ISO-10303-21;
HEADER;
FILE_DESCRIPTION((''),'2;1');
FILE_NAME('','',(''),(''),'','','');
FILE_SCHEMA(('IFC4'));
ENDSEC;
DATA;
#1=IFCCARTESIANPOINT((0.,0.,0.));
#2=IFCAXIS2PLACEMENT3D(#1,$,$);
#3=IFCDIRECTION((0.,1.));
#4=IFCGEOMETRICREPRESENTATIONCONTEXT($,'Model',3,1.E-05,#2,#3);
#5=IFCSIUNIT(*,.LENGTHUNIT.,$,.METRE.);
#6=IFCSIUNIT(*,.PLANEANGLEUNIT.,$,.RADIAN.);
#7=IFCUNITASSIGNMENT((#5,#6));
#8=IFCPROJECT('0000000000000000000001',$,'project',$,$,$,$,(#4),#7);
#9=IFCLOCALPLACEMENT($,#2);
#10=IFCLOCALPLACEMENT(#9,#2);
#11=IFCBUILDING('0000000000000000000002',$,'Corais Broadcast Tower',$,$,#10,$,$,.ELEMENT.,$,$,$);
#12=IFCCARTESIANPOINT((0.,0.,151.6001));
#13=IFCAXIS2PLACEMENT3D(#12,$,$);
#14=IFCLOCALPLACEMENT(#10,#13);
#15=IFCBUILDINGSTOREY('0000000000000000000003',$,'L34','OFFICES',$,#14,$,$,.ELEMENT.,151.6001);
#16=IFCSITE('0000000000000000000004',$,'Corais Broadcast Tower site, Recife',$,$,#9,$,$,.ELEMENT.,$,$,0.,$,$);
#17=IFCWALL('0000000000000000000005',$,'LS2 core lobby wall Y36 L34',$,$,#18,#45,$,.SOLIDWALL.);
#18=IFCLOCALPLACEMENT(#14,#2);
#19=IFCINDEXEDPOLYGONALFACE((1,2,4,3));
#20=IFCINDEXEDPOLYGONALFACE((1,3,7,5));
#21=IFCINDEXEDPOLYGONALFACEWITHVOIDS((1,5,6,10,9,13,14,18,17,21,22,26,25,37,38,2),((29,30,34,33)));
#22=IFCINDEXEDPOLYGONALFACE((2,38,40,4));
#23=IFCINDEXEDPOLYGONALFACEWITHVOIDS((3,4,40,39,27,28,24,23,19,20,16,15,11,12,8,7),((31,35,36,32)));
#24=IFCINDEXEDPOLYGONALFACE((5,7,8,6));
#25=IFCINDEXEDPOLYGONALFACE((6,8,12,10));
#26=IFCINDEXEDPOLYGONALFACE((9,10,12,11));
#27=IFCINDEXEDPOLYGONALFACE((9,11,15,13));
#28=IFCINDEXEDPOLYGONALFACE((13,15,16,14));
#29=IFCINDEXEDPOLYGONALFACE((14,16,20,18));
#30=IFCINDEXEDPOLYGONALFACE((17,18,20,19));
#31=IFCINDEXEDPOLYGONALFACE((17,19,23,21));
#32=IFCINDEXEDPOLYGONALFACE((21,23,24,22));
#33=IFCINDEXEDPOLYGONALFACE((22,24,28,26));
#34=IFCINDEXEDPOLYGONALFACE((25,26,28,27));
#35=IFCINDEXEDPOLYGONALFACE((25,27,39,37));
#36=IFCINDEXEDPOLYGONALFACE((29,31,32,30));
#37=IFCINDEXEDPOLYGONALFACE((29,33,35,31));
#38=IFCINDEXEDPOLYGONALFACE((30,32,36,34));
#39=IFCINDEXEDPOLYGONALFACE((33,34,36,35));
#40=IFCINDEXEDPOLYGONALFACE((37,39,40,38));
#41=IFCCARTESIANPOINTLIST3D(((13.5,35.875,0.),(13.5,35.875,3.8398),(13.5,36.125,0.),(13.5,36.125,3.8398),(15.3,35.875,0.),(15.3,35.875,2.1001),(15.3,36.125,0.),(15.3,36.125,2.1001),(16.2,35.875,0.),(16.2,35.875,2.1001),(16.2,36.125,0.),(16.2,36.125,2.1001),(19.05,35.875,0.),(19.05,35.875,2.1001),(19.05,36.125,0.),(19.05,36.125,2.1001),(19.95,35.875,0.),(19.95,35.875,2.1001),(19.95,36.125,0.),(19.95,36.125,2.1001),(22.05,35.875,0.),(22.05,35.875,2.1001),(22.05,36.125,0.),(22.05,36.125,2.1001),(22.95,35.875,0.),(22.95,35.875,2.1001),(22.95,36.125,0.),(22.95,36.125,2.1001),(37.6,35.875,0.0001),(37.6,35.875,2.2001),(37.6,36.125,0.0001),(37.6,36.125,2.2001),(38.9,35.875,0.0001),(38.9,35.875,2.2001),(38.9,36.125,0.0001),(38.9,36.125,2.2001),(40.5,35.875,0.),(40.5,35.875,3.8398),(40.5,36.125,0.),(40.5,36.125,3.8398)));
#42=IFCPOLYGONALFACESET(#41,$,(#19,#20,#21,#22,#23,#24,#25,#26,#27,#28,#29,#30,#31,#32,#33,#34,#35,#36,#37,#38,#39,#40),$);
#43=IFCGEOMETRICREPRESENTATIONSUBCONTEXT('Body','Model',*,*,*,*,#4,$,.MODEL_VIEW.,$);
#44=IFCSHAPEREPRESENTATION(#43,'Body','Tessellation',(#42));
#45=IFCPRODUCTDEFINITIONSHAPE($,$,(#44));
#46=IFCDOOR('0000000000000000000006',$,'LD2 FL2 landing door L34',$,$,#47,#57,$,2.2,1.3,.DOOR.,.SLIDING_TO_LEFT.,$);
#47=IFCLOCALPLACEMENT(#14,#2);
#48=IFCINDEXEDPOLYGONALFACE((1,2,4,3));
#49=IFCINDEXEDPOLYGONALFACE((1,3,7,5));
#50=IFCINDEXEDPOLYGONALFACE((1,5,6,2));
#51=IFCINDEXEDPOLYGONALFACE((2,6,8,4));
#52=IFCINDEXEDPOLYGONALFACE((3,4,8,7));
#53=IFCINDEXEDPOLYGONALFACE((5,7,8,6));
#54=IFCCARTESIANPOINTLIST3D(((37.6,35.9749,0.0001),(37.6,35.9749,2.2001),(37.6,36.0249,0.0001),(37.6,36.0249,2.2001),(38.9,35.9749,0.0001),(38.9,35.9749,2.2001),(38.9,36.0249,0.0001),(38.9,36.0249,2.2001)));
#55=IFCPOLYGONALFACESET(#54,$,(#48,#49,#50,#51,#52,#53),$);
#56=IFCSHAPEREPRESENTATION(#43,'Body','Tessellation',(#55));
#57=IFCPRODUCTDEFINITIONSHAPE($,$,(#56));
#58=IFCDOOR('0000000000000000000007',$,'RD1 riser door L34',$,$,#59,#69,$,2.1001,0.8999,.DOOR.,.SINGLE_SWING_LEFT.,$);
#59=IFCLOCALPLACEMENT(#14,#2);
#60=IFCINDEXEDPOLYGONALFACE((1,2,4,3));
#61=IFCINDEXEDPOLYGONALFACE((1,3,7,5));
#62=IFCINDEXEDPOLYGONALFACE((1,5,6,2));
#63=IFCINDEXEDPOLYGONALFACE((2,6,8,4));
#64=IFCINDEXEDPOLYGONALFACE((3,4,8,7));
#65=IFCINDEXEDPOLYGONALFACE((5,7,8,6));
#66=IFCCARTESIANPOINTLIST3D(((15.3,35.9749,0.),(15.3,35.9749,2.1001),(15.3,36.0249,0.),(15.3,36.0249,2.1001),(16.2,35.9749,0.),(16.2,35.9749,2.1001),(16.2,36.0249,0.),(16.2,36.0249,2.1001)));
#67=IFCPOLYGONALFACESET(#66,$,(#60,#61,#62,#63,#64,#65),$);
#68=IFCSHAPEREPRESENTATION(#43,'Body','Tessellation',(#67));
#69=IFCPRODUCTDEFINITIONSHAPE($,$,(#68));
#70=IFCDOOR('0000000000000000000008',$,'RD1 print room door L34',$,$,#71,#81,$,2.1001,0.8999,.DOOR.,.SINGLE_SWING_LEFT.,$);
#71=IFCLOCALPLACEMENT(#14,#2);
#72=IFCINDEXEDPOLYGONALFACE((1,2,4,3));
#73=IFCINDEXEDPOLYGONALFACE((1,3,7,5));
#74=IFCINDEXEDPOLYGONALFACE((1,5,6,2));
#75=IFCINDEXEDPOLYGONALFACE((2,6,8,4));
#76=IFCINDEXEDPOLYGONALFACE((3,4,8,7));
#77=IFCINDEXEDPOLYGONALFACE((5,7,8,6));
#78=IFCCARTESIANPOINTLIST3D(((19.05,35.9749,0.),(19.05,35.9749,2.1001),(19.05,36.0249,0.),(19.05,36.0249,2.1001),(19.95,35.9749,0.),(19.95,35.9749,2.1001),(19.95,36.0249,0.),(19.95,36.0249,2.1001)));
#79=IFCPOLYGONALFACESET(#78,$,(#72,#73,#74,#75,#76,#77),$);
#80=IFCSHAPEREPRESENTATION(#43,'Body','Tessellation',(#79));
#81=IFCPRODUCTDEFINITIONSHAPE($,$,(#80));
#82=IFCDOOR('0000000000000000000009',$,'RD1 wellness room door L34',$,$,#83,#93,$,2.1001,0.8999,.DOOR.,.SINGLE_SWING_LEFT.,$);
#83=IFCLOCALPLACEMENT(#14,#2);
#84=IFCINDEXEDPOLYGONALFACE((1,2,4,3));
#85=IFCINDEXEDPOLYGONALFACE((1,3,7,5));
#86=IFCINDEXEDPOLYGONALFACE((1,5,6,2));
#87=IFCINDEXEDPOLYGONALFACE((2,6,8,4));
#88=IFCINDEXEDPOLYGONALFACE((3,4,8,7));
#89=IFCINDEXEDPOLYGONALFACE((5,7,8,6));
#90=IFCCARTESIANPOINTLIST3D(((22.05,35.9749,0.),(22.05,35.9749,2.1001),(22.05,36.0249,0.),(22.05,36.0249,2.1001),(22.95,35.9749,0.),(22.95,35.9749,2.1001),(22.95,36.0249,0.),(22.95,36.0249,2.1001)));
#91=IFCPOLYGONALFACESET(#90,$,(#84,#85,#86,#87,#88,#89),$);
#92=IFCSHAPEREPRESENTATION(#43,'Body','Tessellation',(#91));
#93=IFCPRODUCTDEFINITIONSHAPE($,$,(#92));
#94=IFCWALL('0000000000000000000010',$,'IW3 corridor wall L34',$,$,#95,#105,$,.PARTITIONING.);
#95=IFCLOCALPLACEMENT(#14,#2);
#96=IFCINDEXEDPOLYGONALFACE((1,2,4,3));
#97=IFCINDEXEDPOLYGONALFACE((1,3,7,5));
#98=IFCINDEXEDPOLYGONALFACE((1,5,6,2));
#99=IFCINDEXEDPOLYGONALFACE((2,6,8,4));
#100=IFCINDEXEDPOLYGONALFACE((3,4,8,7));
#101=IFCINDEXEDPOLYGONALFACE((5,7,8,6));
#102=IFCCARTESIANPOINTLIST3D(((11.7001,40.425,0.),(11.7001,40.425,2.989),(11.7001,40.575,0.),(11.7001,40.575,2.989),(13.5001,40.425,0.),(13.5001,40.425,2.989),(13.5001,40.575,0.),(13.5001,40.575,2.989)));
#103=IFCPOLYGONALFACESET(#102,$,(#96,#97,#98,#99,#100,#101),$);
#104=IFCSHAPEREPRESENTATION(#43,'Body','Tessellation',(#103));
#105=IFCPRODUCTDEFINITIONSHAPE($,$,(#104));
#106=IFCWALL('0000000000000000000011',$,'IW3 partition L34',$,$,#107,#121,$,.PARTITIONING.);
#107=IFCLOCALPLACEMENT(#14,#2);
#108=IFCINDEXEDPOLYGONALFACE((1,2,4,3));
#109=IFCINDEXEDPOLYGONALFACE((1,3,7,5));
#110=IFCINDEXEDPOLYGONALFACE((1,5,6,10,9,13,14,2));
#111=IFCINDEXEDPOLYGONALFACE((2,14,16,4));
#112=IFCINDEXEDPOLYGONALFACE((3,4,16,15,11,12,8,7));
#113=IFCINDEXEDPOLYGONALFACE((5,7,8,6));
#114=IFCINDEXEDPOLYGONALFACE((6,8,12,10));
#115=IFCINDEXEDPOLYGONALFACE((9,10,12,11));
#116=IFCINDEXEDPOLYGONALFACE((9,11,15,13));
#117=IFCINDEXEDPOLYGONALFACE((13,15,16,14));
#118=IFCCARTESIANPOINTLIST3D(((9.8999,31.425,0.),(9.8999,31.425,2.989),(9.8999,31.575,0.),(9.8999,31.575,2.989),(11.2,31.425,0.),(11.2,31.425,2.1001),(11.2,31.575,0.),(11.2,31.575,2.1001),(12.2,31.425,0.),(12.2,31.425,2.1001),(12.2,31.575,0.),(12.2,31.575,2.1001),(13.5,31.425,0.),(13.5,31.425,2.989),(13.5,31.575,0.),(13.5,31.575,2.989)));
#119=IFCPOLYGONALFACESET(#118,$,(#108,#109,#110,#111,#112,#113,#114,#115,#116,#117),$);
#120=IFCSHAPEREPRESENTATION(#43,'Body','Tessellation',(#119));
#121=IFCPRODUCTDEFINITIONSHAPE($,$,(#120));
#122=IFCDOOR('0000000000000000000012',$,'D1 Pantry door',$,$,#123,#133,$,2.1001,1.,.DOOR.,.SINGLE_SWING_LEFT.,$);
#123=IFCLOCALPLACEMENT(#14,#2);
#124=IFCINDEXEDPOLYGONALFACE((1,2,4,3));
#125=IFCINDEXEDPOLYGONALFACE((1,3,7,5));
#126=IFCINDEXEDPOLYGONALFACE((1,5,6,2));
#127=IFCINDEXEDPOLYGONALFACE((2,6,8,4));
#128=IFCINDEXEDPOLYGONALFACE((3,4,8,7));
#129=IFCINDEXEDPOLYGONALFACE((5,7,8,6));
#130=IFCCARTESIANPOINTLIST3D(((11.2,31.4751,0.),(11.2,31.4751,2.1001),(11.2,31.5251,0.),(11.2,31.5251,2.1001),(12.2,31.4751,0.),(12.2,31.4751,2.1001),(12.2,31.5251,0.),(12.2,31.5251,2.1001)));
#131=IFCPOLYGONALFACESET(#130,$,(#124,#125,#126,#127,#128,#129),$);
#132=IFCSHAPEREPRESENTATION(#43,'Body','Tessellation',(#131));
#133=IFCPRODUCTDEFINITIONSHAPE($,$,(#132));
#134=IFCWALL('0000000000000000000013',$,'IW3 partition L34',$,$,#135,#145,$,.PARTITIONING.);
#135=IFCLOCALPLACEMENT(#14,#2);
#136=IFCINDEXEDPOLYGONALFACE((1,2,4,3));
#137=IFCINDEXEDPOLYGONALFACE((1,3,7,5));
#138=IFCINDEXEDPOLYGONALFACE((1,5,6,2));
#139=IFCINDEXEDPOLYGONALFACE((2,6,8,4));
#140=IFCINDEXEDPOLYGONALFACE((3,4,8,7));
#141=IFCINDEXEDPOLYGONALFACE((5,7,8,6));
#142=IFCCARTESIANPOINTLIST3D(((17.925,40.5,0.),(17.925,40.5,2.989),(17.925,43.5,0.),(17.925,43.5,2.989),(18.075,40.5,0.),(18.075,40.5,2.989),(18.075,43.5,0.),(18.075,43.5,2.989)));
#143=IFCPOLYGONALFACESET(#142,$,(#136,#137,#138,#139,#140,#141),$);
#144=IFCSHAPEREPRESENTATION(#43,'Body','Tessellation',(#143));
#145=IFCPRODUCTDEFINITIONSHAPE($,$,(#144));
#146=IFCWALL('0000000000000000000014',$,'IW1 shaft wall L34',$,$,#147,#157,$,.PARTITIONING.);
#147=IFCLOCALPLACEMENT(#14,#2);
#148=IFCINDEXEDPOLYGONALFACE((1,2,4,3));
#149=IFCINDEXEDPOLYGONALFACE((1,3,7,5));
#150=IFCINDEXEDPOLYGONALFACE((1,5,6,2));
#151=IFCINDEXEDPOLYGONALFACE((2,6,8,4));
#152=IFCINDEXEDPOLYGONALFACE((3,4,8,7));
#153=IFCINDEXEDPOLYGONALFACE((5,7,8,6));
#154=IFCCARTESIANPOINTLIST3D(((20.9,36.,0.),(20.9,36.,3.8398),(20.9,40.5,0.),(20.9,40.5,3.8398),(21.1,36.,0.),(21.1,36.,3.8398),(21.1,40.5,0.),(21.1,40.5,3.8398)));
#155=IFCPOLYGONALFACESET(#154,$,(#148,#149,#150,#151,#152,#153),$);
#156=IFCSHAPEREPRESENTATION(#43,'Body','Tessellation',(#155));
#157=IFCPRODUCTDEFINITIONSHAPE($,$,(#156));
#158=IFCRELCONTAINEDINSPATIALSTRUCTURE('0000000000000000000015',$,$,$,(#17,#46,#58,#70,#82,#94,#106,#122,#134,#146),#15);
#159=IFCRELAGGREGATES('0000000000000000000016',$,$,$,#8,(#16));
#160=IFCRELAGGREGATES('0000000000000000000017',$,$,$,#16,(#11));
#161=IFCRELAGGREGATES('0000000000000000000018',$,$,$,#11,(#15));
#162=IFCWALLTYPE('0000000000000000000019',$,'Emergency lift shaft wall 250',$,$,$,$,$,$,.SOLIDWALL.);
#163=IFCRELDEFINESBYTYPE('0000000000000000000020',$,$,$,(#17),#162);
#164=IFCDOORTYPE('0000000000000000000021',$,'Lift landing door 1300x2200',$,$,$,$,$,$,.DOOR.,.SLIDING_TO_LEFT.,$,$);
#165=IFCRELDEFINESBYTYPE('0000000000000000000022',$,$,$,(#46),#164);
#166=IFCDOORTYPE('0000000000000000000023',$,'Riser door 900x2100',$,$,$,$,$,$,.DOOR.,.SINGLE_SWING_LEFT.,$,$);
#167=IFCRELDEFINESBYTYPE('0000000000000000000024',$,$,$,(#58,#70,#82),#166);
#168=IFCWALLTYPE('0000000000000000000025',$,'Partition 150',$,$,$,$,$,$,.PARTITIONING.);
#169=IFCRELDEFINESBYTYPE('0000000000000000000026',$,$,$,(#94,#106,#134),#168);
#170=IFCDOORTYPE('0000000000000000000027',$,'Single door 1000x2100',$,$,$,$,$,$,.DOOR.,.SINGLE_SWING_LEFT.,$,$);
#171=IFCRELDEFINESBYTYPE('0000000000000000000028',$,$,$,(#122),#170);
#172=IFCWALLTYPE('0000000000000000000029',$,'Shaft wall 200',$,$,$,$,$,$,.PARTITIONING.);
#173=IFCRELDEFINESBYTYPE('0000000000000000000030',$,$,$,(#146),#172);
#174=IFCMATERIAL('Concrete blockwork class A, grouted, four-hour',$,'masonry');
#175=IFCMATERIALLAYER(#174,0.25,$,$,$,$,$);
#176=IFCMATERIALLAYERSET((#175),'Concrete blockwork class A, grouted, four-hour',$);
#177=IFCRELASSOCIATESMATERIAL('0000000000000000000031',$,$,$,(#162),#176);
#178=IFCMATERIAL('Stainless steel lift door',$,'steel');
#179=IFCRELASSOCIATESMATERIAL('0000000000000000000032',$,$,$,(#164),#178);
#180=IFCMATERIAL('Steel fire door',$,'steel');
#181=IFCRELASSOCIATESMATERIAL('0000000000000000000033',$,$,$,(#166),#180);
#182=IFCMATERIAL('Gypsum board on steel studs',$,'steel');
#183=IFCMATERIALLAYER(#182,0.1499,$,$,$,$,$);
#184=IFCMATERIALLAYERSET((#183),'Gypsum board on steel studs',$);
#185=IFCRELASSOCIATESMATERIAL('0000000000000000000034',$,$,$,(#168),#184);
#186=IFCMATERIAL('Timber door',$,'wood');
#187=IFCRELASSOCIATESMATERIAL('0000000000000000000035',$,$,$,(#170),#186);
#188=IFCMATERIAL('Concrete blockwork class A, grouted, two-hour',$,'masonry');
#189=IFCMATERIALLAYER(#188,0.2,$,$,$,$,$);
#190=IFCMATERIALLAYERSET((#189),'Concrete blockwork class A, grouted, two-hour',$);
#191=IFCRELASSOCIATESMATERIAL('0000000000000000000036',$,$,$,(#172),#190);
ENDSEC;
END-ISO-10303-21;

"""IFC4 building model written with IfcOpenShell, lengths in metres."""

from ifc_helpers import new_model, si_unit, direction, frame, frame_2d, origin, place, context, subcontext, project, spatial, rectangle, extrude, material, layer, layer_set, type_object, element, fill, save


model = new_model("IFC4")

# Units and contexts
model_context = context("Model", 3, precision=1e-05, world=origin(), true_north=direction((0.0, 1.0)))
body_context = subcontext(model_context, "Body", "Model", "MODEL_VIEW")
ifc_project = project(units=[si_unit("LENGTHUNIT", "METRE"), si_unit("PLANEANGLEUNIT", "RADIAN")], contexts=[model_context])

# Site, building, storey
site_placement = place(None, origin())
site = spatial("IfcSite", under=ifc_project, at=site_placement, Name="Corais Broadcast Tower site, Recife", CompositionType="ELEMENT", RefElevation=0.0)
building_placement = place(site_placement, origin())
building = spatial("IfcBuilding", under=site, at=building_placement, Name="Corais Broadcast Tower", CompositionType="ELEMENT")
storey_placement = place(building_placement, frame((0.0, 0.0, 151.6001)))
storey = spatial("IfcBuildingStorey", under=building, at=storey_placement, Name="L34", Description="OFFICES", CompositionType="ELEMENT", Elevation=151.6001)

# Wall, openings, doors
ifc_material_1 = material(Name="Concrete blockwork class A, grouted, four-hour", Category="masonry")
ifc_layer_1 = layer(ifc_material_1, 0.25)
ifc_layer_set_1 = layer_set([ifc_layer_1], Name="Concrete blockwork class A, grouted, four-hour")
wall_type_1 = type_object("IfcWallType", Name="Emergency lift shaft wall 250", PredefinedType="SOLIDWALL", material=ifc_layer_set_1)
wall_1_placement = place(storey_placement, frame((13.5, 36.0, 0.0), z_axis=(0.0, 0.0, 1.0), x_axis=(1.0, 0.0, 0.0)))
wall_1 = element("IfcWall", 1, at=wall_1_placement, inside=storey, type_object=wall_type_1, Name="LS2 core lobby wall Y36 L34", PredefinedType="SOLIDWALL", context=body_context, shape_type="SweptSolid", body=[
    extrude(rectangle(XDim=27.0, YDim=0.25, at=frame_2d((13.5, 0.0))), origin(), (0.0, 0.0, 1.0), 3.8398),
])
opening_1_placement = place(wall_1_placement, frame((1.8, 0.0, 0.0)))
opening_1 = element("IfcOpeningElement", 2, at=opening_1_placement, cuts=wall_1, PredefinedType="OPENING", context=body_context, shape_type="SweptSolid", body=[
    extrude(rectangle(XDim=0.8999, YDim=2.1001, at=frame_2d((0.45, 1.05))), frame((0.0, 0.135, 0.0), z_axis=(0.0, -1.0, 0.0), x_axis=(1.0, 0.0, 0.0)), (0.0, 0.0, 1.0), 0.27),
])
opening_2_placement = place(wall_1_placement, frame((5.55, 0.0, 0.0)))
opening_2 = element("IfcOpeningElement", 3, at=opening_2_placement, cuts=wall_1, PredefinedType="OPENING", context=body_context, shape_type="SweptSolid", body=[
    extrude(rectangle(XDim=0.8999, YDim=2.1001, at=frame_2d((0.45, 1.05))), frame((0.0, 0.135, 0.0), z_axis=(0.0, -1.0, 0.0), x_axis=(1.0, 0.0, 0.0)), (0.0, 0.0, 1.0), 0.27),
])
opening_3_placement = place(wall_1_placement, frame((8.55, 0.0, 0.0)))
opening_3 = element("IfcOpeningElement", 4, at=opening_3_placement, cuts=wall_1, PredefinedType="OPENING", context=body_context, shape_type="SweptSolid", body=[
    extrude(rectangle(XDim=0.8999, YDim=2.1001, at=frame_2d((0.45, 1.05))), frame((0.0, 0.135, 0.0), z_axis=(0.0, -1.0, 0.0), x_axis=(1.0, 0.0, 0.0)), (0.0, 0.0, 1.0), 0.27),
])
opening_4_placement = place(wall_1_placement, frame((24.1001, 0.0, 0.0)))
opening_4 = element("IfcOpeningElement", 5, at=opening_4_placement, cuts=wall_1, PredefinedType="OPENING", context=body_context, shape_type="SweptSolid", body=[
    extrude(rectangle(XDim=1.3, YDim=2.2, at=frame_2d((0.6499, 1.1001))), frame((0.0, 0.135, 0.0), z_axis=(0.0, -1.0, 0.0), x_axis=(1.0, 0.0, 0.0)), (0.0, 0.0, 1.0), 0.27),
])
ifc_material_2 = material(Name="Stainless steel lift door", Category="steel")
door_type_1 = type_object("IfcDoorType", Name="Lift landing door 1300x2200", OperationType="SLIDING_TO_LEFT", PredefinedType="DOOR", material=ifc_material_2)
door_1_placement = place(opening_4_placement, origin())
door_1 = element("IfcDoor", 6, at=door_1_placement, inside=storey, type_object=door_type_1, Name="LD2 FL2 landing door L34", OperationType="SLIDING_TO_LEFT", OverallHeight=2.2, OverallWidth=1.3, PredefinedType="DOOR", context=body_context, shape_type="SweptSolid", body=[
    extrude(rectangle(XDim=1.3, YDim=2.2, at=frame_2d((0.6499, 1.1001))), frame((0.0, 0.0249, 0.0), z_axis=(0.0, -1.0, 0.0), x_axis=(1.0, 0.0, 0.0)), (0.0, 0.0, 1.0), 0.05),
])
fill(opening_4, door_1)
ifc_material_3 = material(Name="Steel fire door", Category="steel")
door_type_2 = type_object("IfcDoorType", Name="Riser door 900x2100", OperationType="SINGLE_SWING_LEFT", PredefinedType="DOOR", material=ifc_material_3)
door_2_placement = place(opening_1_placement, origin())
door_2 = element("IfcDoor", 7, at=door_2_placement, inside=storey, type_object=door_type_2, Name="RD1 riser door L34", OperationType="SINGLE_SWING_LEFT", OverallHeight=2.1001, OverallWidth=0.8999, PredefinedType="DOOR", context=body_context, shape_type="SweptSolid", body=[
    extrude(rectangle(XDim=0.8999, YDim=2.1001, at=frame_2d((0.45, 1.05))), frame((0.0, 0.0249, 0.0), z_axis=(0.0, -1.0, 0.0), x_axis=(1.0, 0.0, 0.0)), (0.0, 0.0, 1.0), 0.05),
])
fill(opening_1, door_2)
door_3_placement = place(opening_2_placement, origin())
door_3 = element("IfcDoor", 8, at=door_3_placement, inside=storey, type_object=door_type_2, Name="RD1 print room door L34", OperationType="SINGLE_SWING_LEFT", OverallHeight=2.1001, OverallWidth=0.8999, PredefinedType="DOOR", context=body_context, shape_type="SweptSolid", body=[
    extrude(rectangle(XDim=0.8999, YDim=2.1001, at=frame_2d((0.45, 1.05))), frame((0.0, 0.0249, 0.0), z_axis=(0.0, -1.0, 0.0), x_axis=(1.0, 0.0, 0.0)), (0.0, 0.0, 1.0), 0.05),
])
fill(opening_2, door_3)
door_4_placement = place(opening_3_placement, origin())
door_4 = element("IfcDoor", 9, at=door_4_placement, inside=storey, type_object=door_type_2, Name="RD1 wellness room door L34", OperationType="SINGLE_SWING_LEFT", OverallHeight=2.1001, OverallWidth=0.8999, PredefinedType="DOOR", context=body_context, shape_type="SweptSolid", body=[
    extrude(rectangle(XDim=0.8999, YDim=2.1001, at=frame_2d((0.45, 1.05))), frame((0.0, 0.0249, 0.0), z_axis=(0.0, -1.0, 0.0), x_axis=(1.0, 0.0, 0.0)), (0.0, 0.0, 1.0), 0.05),
])
fill(opening_3, door_4)

# Wall
ifc_material_4 = material(Name="Gypsum board on steel studs", Category="steel")
ifc_layer_2 = layer(ifc_material_4, 0.1499)
ifc_layer_set_2 = layer_set([ifc_layer_2], Name="Gypsum board on steel studs")
wall_type_2 = type_object("IfcWallType", Name="Partition 150", PredefinedType="PARTITIONING", material=ifc_layer_set_2)
wall_2_placement = place(storey_placement, frame((13.5, 40.5, 0.0), z_axis=(0.0, 0.0, 1.0), x_axis=(-1.0, 0.0, 0.0)))
element("IfcWall", 10, at=wall_2_placement, inside=storey, type_object=wall_type_2, Name="IW3 corridor wall L34", PredefinedType="PARTITIONING", context=body_context, shape_type="SweptSolid", body=[
    extrude(rectangle(XDim=1.8, YDim=0.1499, at=frame_2d((0.8999, 0.0))), origin(), (0.0, 0.0, 1.0), 2.989),
])

# Wall, opening, door
wall_3_placement = place(storey_placement, frame((13.5, 31.5, 0.0), z_axis=(0.0, 0.0, 1.0), x_axis=(-1.0, 0.0, 0.0)))
wall_3 = element("IfcWall", 11, at=wall_3_placement, inside=storey, type_object=wall_type_2, Name="IW3 partition L34", PredefinedType="PARTITIONING", context=body_context, shape_type="SweptSolid", body=[
    extrude(rectangle(XDim=3.6001, YDim=0.1499, at=frame_2d((1.8, 0.0))), origin(), (0.0, 0.0, 1.0), 2.989),
])
opening_5_placement = place(wall_3_placement, frame((1.3, 0.0, 0.0)))
opening_5 = element("IfcOpeningElement", 12, at=opening_5_placement, cuts=wall_3, PredefinedType="OPENING", context=body_context, shape_type="SweptSolid", body=[
    extrude(rectangle(XDim=1.0, YDim=2.1001, at=frame_2d((0.5, 1.05))), frame((0.0, 0.085, 0.0), z_axis=(0.0, -1.0, 0.0), x_axis=(1.0, 0.0, 0.0)), (0.0, 0.0, 1.0), 0.1699),
])
ifc_material_5 = material(Name="Timber door", Category="wood")
door_type_3 = type_object("IfcDoorType", Name="Single door 1000x2100", OperationType="SINGLE_SWING_LEFT", PredefinedType="DOOR", material=ifc_material_5)
door_5_placement = place(opening_5_placement, origin())
door_5 = element("IfcDoor", 13, at=door_5_placement, inside=storey, type_object=door_type_3, Name="D1 Pantry door", OperationType="SINGLE_SWING_LEFT", OverallHeight=2.1001, OverallWidth=1.0, PredefinedType="DOOR", context=body_context, shape_type="SweptSolid", body=[
    extrude(rectangle(XDim=1.0, YDim=2.1001, at=frame_2d((0.5, 1.05))), frame((0.0, 0.0249, 0.0), z_axis=(0.0, -1.0, 0.0), x_axis=(1.0, 0.0, 0.0)), (0.0, 0.0, 1.0), 0.05),
])
fill(opening_5, door_5)

# Walls
wall_4_placement = place(storey_placement, frame((18.0, 40.5, 0.0), z_axis=(0.0, 0.0, 1.0), x_axis=(0.0, 1.0, 0.0)))
element("IfcWall", 14, at=wall_4_placement, inside=storey, type_object=wall_type_2, Name="IW3 partition L34", PredefinedType="PARTITIONING", context=body_context, shape_type="SweptSolid", body=[
    extrude(rectangle(XDim=3.0, YDim=0.1499, at=frame_2d((1.5, 0.0))), origin(), (0.0, 0.0, 1.0), 2.989),
])
ifc_material_6 = material(Name="Concrete blockwork class A, grouted, two-hour", Category="masonry")
ifc_layer_3 = layer(ifc_material_6, 0.2)
ifc_layer_set_3 = layer_set([ifc_layer_3], Name="Concrete blockwork class A, grouted, two-hour")
wall_type_3 = type_object("IfcWallType", Name="Shaft wall 200", PredefinedType="PARTITIONING", material=ifc_layer_set_3)
wall_5_placement = place(storey_placement, frame((21.0, 36.0, 0.0), z_axis=(0.0, 0.0, 1.0), x_axis=(0.0, 1.0, 0.0)))
element("IfcWall", 15, at=wall_5_placement, inside=storey, type_object=wall_type_3, Name="IW1 shaft wall L34", PredefinedType="PARTITIONING", context=body_context, shape_type="SweptSolid", body=[
    extrude(rectangle(XDim=4.5, YDim=0.2, at=frame_2d((2.25, 0.0))), origin(), (0.0, 0.0, 1.0), 3.8398),
])

save(model, "model.ifc")
